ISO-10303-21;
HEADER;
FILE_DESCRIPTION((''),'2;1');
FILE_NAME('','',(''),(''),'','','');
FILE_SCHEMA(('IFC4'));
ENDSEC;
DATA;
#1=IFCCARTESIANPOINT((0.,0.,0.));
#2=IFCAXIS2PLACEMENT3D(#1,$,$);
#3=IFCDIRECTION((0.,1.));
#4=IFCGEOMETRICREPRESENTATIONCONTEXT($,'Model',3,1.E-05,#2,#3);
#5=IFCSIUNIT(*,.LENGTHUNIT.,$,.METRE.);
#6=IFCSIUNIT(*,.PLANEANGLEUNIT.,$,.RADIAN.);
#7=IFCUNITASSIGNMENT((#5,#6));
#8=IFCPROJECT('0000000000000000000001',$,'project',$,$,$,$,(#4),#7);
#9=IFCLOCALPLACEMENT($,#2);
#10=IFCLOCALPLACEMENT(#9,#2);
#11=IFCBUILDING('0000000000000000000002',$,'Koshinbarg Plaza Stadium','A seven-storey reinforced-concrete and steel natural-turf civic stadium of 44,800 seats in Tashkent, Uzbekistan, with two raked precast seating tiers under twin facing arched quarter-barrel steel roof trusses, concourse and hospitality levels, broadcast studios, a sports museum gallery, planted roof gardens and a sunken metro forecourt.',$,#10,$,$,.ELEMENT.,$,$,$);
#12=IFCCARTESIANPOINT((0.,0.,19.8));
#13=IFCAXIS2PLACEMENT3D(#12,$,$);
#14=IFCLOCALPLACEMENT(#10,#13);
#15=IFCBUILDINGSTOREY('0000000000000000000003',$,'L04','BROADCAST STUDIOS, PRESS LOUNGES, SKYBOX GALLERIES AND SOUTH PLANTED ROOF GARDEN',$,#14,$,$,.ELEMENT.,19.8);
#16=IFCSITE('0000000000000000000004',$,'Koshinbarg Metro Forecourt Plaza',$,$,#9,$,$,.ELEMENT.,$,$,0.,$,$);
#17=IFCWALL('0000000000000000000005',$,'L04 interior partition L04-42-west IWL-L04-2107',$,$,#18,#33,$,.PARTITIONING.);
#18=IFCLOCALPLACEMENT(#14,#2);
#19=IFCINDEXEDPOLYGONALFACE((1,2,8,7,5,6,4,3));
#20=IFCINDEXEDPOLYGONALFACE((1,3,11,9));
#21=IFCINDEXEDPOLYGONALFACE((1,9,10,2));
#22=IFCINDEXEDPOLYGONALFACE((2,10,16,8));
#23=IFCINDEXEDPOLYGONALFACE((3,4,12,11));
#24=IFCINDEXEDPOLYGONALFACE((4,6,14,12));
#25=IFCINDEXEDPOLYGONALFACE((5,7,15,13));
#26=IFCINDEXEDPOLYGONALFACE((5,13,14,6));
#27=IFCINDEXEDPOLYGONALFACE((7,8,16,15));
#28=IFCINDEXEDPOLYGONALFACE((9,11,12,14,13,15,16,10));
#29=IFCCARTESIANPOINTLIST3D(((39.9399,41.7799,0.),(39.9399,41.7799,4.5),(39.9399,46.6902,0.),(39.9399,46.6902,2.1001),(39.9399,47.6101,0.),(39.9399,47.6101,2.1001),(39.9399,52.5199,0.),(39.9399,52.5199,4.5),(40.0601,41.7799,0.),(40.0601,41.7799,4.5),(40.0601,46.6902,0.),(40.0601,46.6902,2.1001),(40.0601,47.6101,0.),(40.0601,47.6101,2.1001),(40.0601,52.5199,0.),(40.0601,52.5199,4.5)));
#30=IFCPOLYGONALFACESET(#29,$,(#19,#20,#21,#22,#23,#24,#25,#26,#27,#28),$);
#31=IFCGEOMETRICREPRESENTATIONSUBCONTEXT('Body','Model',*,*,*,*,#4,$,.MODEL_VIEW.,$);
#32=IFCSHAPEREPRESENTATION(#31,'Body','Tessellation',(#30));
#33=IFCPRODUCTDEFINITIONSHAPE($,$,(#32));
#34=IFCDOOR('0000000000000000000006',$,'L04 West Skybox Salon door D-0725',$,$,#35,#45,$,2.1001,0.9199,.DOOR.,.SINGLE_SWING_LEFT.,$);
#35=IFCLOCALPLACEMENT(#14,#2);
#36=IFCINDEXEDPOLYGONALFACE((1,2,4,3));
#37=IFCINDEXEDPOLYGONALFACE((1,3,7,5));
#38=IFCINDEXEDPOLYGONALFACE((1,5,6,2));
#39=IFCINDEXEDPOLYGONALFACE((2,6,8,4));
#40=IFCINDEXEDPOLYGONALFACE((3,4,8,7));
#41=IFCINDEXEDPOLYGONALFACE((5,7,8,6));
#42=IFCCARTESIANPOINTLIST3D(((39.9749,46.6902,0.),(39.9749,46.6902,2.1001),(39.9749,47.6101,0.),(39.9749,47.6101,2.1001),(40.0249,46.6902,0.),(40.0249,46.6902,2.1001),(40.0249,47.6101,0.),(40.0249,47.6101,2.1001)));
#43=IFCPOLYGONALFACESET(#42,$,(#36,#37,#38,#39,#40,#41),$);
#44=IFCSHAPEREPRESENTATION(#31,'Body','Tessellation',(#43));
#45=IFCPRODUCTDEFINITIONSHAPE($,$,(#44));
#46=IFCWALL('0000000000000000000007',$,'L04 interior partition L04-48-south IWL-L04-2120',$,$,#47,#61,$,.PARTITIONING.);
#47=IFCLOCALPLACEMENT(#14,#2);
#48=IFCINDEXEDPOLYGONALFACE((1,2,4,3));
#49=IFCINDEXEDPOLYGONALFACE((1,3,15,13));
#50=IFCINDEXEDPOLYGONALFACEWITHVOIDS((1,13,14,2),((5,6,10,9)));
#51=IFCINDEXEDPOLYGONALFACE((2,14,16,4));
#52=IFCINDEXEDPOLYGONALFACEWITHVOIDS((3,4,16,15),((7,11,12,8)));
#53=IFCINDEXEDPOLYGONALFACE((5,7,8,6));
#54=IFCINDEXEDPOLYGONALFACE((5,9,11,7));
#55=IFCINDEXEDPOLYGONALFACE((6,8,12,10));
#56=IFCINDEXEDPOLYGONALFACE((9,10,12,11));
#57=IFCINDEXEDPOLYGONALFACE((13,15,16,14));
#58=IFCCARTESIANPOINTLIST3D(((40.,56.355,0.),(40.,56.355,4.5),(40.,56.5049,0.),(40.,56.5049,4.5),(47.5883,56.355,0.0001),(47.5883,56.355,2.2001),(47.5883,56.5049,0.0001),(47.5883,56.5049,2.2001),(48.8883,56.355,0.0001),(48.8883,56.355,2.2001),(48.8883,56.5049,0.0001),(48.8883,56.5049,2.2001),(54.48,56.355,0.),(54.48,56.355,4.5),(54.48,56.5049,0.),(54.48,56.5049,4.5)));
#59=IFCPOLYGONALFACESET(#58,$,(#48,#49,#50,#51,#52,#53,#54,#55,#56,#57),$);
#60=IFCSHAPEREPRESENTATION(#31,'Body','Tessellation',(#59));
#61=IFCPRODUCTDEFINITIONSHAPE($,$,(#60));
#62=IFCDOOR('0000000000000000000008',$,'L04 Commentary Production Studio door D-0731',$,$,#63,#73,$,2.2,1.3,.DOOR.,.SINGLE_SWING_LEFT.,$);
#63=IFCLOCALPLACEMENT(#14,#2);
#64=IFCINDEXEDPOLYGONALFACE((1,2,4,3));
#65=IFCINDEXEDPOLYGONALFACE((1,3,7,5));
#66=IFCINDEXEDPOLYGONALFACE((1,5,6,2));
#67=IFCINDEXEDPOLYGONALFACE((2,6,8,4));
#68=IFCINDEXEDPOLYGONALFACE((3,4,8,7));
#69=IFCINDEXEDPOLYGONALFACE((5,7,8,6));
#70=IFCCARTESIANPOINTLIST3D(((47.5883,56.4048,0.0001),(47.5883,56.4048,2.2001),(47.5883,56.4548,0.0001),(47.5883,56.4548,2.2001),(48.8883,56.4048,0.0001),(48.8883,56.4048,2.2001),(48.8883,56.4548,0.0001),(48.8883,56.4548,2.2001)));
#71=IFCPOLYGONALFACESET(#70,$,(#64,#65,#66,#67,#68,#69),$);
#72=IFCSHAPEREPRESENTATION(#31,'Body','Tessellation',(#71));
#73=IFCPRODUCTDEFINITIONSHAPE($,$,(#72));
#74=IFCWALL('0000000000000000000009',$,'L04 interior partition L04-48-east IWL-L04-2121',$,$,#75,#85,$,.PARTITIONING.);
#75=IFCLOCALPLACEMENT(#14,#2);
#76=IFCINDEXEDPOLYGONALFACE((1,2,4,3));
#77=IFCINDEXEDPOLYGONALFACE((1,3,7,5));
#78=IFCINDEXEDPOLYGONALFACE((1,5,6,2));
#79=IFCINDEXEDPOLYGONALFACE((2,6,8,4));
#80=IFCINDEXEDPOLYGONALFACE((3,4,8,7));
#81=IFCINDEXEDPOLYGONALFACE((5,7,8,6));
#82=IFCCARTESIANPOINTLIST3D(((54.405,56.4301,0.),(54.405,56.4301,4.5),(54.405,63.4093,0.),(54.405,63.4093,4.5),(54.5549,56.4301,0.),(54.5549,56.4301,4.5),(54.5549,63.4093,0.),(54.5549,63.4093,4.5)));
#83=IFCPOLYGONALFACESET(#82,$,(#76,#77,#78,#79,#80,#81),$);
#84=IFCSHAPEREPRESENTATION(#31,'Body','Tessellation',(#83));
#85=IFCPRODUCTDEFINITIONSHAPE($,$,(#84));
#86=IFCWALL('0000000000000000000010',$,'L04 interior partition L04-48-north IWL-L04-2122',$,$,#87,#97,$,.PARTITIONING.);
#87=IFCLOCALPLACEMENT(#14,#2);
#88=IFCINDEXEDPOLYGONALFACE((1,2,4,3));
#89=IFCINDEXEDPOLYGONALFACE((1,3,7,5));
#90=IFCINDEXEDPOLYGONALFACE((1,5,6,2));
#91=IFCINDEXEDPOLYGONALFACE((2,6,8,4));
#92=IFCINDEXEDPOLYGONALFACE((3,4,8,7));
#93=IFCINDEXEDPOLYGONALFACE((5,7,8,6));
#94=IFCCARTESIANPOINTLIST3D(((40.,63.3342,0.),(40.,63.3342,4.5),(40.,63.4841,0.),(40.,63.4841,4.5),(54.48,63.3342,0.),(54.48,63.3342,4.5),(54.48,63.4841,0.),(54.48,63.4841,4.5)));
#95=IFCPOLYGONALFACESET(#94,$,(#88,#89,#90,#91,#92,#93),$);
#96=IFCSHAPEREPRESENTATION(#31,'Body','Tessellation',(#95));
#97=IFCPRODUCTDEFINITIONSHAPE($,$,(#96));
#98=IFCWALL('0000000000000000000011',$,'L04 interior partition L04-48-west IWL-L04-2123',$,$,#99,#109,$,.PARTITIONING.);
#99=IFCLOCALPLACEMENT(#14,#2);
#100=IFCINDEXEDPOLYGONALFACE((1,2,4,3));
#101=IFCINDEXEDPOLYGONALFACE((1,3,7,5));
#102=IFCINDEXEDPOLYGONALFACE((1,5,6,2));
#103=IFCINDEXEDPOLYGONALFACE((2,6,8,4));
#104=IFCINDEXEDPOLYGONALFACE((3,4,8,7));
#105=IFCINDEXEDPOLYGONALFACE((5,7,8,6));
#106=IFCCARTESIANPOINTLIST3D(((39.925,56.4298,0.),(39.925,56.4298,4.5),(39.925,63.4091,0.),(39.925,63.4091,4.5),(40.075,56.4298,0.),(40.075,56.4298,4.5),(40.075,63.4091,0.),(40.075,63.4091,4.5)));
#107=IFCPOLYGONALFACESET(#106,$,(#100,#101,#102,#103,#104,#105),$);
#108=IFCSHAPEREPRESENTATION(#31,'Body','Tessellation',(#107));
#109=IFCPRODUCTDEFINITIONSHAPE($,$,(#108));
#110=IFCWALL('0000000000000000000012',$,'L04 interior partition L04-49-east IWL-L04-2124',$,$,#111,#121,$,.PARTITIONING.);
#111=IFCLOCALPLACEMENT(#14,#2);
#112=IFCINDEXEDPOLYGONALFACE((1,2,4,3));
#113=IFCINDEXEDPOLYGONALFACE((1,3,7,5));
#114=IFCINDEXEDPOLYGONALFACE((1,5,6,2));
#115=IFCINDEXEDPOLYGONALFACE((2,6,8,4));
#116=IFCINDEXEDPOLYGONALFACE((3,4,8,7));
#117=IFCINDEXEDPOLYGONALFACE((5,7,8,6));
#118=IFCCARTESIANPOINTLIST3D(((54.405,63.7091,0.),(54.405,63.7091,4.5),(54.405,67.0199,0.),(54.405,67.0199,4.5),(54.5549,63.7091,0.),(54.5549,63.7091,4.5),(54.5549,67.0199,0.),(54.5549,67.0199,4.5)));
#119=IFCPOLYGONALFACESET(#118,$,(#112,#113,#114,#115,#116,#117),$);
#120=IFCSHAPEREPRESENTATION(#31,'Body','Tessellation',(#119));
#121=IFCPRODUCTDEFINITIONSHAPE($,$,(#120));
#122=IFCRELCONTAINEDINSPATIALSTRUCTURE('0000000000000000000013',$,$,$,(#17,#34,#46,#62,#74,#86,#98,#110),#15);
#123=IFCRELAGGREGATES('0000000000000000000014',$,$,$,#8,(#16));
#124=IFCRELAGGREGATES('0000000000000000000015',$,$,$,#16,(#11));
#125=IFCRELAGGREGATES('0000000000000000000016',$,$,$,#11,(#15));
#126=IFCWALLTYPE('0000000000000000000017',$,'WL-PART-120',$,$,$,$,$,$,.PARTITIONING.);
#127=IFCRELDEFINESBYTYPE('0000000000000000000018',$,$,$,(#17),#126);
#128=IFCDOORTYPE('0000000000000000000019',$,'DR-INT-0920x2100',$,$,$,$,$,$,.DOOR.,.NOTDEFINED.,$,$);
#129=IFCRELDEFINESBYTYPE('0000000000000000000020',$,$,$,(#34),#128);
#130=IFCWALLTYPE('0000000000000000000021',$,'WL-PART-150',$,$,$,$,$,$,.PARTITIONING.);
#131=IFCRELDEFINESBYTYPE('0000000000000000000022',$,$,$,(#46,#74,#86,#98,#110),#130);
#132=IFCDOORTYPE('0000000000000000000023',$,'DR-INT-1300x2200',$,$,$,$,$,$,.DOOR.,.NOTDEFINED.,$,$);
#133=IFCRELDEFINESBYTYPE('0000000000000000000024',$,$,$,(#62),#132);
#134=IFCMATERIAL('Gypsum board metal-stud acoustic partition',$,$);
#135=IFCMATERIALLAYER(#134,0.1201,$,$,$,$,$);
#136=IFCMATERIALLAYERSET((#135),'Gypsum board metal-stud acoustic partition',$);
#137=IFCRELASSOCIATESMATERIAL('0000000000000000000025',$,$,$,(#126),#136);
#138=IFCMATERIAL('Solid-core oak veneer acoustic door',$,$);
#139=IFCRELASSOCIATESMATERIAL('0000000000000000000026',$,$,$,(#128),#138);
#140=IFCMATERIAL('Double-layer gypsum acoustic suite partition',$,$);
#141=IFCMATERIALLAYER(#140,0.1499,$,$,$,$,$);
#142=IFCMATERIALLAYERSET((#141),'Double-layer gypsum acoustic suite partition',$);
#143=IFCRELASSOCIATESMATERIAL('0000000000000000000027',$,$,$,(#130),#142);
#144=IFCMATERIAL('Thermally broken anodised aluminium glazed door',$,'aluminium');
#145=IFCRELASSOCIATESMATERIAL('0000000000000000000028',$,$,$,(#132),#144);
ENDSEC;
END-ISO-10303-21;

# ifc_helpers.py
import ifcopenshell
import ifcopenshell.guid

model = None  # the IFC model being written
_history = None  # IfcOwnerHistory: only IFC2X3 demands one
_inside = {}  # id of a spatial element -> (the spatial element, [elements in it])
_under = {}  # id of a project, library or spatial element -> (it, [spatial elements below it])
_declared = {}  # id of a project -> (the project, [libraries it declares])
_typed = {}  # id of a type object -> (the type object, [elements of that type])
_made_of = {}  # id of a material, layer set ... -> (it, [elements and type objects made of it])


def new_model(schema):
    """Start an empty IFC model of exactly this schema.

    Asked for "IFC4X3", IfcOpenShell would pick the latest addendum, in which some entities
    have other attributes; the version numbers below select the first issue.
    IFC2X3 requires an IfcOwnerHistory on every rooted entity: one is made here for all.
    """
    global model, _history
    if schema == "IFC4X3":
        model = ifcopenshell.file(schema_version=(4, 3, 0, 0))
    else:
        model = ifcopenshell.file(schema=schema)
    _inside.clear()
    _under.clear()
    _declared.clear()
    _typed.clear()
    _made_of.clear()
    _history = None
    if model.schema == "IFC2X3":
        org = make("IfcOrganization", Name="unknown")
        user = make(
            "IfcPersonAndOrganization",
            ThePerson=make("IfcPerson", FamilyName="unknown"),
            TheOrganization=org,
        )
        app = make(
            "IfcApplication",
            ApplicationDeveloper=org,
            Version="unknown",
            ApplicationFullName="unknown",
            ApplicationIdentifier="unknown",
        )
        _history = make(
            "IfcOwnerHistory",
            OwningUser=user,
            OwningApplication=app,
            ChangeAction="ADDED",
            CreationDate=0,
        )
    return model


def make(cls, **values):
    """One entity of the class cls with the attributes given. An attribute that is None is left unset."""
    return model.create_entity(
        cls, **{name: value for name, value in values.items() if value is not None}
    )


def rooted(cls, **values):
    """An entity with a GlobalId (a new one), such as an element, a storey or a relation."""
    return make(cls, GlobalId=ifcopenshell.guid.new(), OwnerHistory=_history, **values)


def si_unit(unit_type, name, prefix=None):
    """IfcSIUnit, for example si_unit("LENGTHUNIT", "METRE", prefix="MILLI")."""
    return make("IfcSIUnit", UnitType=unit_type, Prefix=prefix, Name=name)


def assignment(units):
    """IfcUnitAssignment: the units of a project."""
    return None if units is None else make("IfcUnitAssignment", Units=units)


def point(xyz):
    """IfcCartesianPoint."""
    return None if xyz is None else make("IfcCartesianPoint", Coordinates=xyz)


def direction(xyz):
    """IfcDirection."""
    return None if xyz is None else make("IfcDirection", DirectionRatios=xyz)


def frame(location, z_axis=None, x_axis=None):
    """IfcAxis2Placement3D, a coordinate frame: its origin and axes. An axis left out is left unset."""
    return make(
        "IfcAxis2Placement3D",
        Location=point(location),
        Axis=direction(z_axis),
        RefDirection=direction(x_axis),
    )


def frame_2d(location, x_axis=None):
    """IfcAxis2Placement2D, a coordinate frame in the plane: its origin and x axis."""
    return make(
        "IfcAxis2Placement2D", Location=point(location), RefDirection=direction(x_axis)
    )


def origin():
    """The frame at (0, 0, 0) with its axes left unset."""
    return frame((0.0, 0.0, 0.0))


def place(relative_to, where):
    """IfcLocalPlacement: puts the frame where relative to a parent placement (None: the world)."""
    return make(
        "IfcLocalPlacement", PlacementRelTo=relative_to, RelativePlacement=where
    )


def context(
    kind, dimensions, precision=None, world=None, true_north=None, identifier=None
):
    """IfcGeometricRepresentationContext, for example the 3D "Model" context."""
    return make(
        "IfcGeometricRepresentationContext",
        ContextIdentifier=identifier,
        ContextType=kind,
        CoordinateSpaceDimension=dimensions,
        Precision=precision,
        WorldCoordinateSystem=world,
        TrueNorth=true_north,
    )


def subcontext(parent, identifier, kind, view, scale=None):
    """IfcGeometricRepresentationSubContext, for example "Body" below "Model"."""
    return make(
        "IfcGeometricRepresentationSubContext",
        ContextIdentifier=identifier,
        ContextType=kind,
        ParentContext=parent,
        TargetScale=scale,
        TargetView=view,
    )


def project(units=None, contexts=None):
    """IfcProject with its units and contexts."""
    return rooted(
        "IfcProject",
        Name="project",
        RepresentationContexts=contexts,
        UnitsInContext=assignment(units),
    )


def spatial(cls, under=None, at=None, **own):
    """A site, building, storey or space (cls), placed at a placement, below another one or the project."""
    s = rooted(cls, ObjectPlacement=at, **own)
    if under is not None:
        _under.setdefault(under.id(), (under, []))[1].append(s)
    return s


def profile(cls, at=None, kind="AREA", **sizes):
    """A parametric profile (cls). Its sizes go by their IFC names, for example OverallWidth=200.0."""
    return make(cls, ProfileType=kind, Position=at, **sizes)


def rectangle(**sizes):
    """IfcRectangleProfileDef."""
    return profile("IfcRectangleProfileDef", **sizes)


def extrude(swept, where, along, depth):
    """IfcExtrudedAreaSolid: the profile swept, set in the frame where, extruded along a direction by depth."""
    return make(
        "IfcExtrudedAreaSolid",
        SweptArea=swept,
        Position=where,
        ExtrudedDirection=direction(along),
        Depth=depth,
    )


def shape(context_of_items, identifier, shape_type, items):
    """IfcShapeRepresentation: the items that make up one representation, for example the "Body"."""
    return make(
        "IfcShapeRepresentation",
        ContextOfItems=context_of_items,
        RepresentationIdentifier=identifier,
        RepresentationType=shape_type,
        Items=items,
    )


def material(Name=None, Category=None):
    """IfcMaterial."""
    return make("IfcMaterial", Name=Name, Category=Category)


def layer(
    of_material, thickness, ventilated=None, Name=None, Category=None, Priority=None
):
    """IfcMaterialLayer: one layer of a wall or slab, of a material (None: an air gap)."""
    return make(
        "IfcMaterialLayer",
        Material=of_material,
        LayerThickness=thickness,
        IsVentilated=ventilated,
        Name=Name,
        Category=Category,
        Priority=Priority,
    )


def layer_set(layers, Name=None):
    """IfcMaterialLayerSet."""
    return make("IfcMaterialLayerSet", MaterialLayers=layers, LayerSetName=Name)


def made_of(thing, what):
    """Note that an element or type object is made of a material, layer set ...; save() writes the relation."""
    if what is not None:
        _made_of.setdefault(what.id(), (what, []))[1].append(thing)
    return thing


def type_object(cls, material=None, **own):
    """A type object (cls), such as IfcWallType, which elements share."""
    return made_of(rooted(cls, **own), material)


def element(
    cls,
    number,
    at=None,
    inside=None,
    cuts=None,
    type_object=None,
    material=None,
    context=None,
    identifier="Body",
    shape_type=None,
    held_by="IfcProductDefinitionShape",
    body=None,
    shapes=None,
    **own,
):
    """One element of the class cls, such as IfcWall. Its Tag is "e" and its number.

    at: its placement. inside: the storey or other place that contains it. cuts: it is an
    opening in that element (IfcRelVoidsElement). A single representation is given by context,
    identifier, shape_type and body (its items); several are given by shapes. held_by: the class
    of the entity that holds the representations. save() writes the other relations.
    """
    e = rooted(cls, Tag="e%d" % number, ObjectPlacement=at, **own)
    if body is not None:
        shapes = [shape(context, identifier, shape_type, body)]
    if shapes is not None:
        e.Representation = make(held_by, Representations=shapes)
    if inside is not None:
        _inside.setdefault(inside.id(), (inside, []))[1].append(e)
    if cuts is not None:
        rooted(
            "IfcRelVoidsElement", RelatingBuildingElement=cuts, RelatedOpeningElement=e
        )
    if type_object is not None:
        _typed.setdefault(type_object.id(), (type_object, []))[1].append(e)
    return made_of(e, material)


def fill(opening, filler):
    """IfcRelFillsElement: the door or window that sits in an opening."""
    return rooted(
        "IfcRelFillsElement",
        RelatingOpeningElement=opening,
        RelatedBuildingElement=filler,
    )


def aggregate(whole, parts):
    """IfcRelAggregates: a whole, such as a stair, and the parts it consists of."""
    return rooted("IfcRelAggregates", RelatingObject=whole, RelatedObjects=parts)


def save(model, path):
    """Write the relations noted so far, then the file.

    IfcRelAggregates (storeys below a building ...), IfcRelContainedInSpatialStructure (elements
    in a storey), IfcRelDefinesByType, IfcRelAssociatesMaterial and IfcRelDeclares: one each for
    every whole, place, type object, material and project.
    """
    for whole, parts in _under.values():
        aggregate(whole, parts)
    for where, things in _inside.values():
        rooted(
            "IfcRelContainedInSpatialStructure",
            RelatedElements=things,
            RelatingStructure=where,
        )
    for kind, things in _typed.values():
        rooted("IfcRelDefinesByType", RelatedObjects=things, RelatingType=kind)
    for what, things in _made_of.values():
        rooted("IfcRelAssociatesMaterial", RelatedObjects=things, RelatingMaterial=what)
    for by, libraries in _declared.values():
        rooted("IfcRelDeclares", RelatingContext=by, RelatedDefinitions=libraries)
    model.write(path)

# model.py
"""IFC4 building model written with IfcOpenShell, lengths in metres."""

from ifc_helpers import new_model, si_unit, direction, frame, frame_2d, origin, place, context, subcontext, project, spatial, rectangle, extrude, material, layer, layer_set, type_object, element, fill, save


model = new_model("IFC4")

# Units and contexts
model_context = context("Model", 3, precision=1e-05, world=origin(), true_north=direction((0.0, 1.0)))
body_context = subcontext(model_context, "Body", "Model", "MODEL_VIEW")
ifc_project = project(units=[si_unit("LENGTHUNIT", "METRE"), si_unit("PLANEANGLEUNIT", "RADIAN")], contexts=[model_context])

# Site, building, storey
site_placement = place(None, origin())
site = spatial("IfcSite", under=ifc_project, at=site_placement, Name="Koshinbarg Metro Forecourt Plaza", CompositionType="ELEMENT", RefElevation=0.0)
building_placement = place(site_placement, origin())
building = spatial("IfcBuilding", under=site, at=building_placement, Name="Koshinbarg Plaza Stadium", Description="A seven-storey reinforced-concrete and steel natural-turf civic stadium of 44,800 seats in Tashkent, Uzbekistan, with two raked precast seating tiers under twin facing arched quarter-barrel steel roof trusses, concourse and hospitality levels, broadcast studios, a sports museum gallery, planted roof gardens and a sunken metro forecourt.", CompositionType="ELEMENT")
storey_placement = place(building_placement, frame((0.0, 0.0, 19.8)))
storey = spatial("IfcBuildingStorey", under=building, at=storey_placement, Name="L04", Description="BROADCAST STUDIOS, PRESS LOUNGES, SKYBOX GALLERIES AND SOUTH PLANTED ROOF GARDEN", CompositionType="ELEMENT", Elevation=19.8)

# Shared definitions
ifc_material_1 = material(Name="Gypsum board metal-stud acoustic partition")
ifc_layer_1 = layer(ifc_material_1, 0.1201)
ifc_layer_set_1 = layer_set([ifc_layer_1], Name="Gypsum board metal-stud acoustic partition")
wall_type_1 = type_object("IfcWallType", Name="WL-PART-120", PredefinedType="PARTITIONING", material=ifc_layer_set_1)

# Walls, openings, doors
wall_1_placement = place(storey_placement, frame((40.0, 52.52, 0.0), z_axis=(0.0, 0.0, 1.0), x_axis=(0.0, -1.0, 0.0)))
wall_1 = element("IfcWall", 1, at=wall_1_placement, inside=storey, type_object=wall_type_1, Name="L04 interior partition L04-42-west IWL-L04-2107", PredefinedType="PARTITIONING", context=body_context, shape_type="SweptSolid", body=[
    extrude(rectangle(XDim=10.74, YDim=0.1201, at=frame_2d((5.3701, 0.0))), origin(), (0.0, 0.0, 1.0), 4.5),
])
opening_1_placement = place(wall_1_placement, frame((4.9099, 0.0, 0.0)))
opening_1 = element("IfcOpeningElement", 2, at=opening_1_placement, cuts=wall_1, PredefinedType="OPENING", context=body_context, shape_type="SweptSolid", body=[
    extrude(rectangle(XDim=0.9199, YDim=2.1001, at=frame_2d((0.46, 1.05))), frame((0.0, 0.0701, 0.0), z_axis=(0.0, -1.0, 0.0), x_axis=(1.0, 0.0, 0.0)), (0.0, 0.0, 1.0), 0.1401),
])
ifc_material_2 = material(Name="Solid-core oak veneer acoustic door")
door_type_1 = type_object("IfcDoorType", Name="DR-INT-0920x2100", OperationType="NOTDEFINED", PredefinedType="DOOR", material=ifc_material_2)
door_1_placement = place(opening_1_placement, origin())
door_1 = element("IfcDoor", 3, at=door_1_placement, inside=storey, type_object=door_type_1, Name="L04 West Skybox Salon door D-0725", OperationType="SINGLE_SWING_LEFT", OverallHeight=2.1001, OverallWidth=0.9199, PredefinedType="DOOR", context=body_context, shape_type="SweptSolid", body=[
    extrude(rectangle(XDim=0.9199, YDim=2.1001, at=frame_2d((0.46, 1.05))), frame((0.0, 0.0249, 0.0), z_axis=(0.0, -1.0, 0.0), x_axis=(1.0, 0.0, 0.0)), (0.0, 0.0, 1.0), 0.05),
])
fill(opening_1, door_1)
ifc_material_3 = material(Name="Double-layer gypsum acoustic suite partition")
ifc_layer_2 = layer(ifc_material_3, 0.1499)
ifc_layer_set_2 = layer_set([ifc_layer_2], Name="Double-layer gypsum acoustic suite partition")
wall_type_2 = type_object("IfcWallType", Name="WL-PART-150", PredefinedType="PARTITIONING", material=ifc_layer_set_2)
wall_2_placement = place(storey_placement, frame((40.0, 56.4299, 0.0), z_axis=(0.0, 0.0, 1.0), x_axis=(1.0, 0.0, 0.0)))
wall_2 = element("IfcWall", 4, at=wall_2_placement, inside=storey, type_object=wall_type_2, Name="L04 interior partition L04-48-south IWL-L04-2120", PredefinedType="PARTITIONING", context=body_context, shape_type="SweptSolid", body=[
    extrude(rectangle(XDim=14.48, YDim=0.1499, at=frame_2d((7.24, 0.0))), origin(), (0.0, 0.0, 1.0), 4.5),
])
opening_2_placement = place(wall_2_placement, frame((7.5884, 0.0, 0.0)))
opening_2 = element("IfcOpeningElement", 5, at=opening_2_placement, cuts=wall_2, PredefinedType="OPENING", context=body_context, shape_type="SweptSolid", body=[
    extrude(rectangle(XDim=1.3, YDim=2.2, at=frame_2d((0.6499, 1.1001))), frame((0.0, 0.085, 0.0), z_axis=(0.0, -1.0, 0.0), x_axis=(1.0, 0.0, 0.0)), (0.0, 0.0, 1.0), 0.1699),
])
ifc_material_4 = material(Name="Thermally broken anodised aluminium glazed door", Category="aluminium")
door_type_2 = type_object("IfcDoorType", Name="DR-INT-1300x2200", OperationType="NOTDEFINED", PredefinedType="DOOR", material=ifc_material_4)
door_2_placement = place(opening_2_placement, origin())
door_2 = element("IfcDoor", 6, at=door_2_placement, inside=storey, type_object=door_type_2, Name="L04 Commentary Production Studio door D-0731", OperationType="SINGLE_SWING_LEFT", OverallHeight=2.2, OverallWidth=1.3, PredefinedType="DOOR", context=body_context, shape_type="SweptSolid", body=[
    extrude(rectangle(XDim=1.3, YDim=2.2, at=frame_2d((0.6499, 1.1001))), frame((0.0, 0.0249, 0.0), z_axis=(0.0, -1.0, 0.0), x_axis=(1.0, 0.0, 0.0)), (0.0, 0.0, 1.0), 0.05),
])
fill(opening_2, door_2)

# Walls
wall_3_placement = place(storey_placement, frame((54.48, 56.4299, 0.0), z_axis=(0.0, 0.0, 1.0), x_axis=(0.0, 1.0, 0.0)))
element("IfcWall", 7, at=wall_3_placement, inside=storey, type_object=wall_type_2, Name="L04 interior partition L04-48-east IWL-L04-2121", PredefinedType="PARTITIONING", context=body_context, shape_type="SweptSolid", body=[
    extrude(rectangle(XDim=6.9792, YDim=0.1499, at=frame_2d((3.4897, 0.0))), origin(), (0.0, 0.0, 1.0), 4.5),
])
wall_4_placement = place(storey_placement, frame((54.48, 63.4092, 0.0), z_axis=(0.0, 0.0, 1.0), x_axis=(-1.0, 0.0, 0.0)))
element("IfcWall", 8, at=wall_4_placement, inside=storey, type_object=wall_type_2, Name="L04 interior partition L04-48-north IWL-L04-2122", PredefinedType="PARTITIONING", context=body_context, shape_type="SweptSolid", body=[
    extrude(rectangle(XDim=14.48, YDim=0.1499, at=frame_2d((7.24, 0.0))), origin(), (0.0, 0.0, 1.0), 4.5),
])
wall_5_placement = place(storey_placement, frame((40.0, 63.4092, 0.0), z_axis=(0.0, 0.0, 1.0), x_axis=(0.0, -1.0, 0.0)))
element("IfcWall", 9, at=wall_5_placement, inside=storey, type_object=wall_type_2, Name="L04 interior partition L04-48-west IWL-L04-2123", PredefinedType="PARTITIONING", context=body_context, shape_type="SweptSolid", body=[
    extrude(rectangle(XDim=6.9792, YDim=0.1499, at=frame_2d((3.4897, 0.0))), origin(), (0.0, 0.0, 1.0), 4.5),
])
wall_6_placement = place(storey_placement, frame((54.48, 63.7092, 0.0), z_axis=(0.0, 0.0, 1.0), x_axis=(0.0, 1.0, 0.0)))
element("IfcWall", 10, at=wall_6_placement, inside=storey, type_object=wall_type_2, Name="L04 interior partition L04-49-east IWL-L04-2124", PredefinedType="PARTITIONING", context=body_context, shape_type="SweptSolid", body=[
    extrude(rectangle(XDim=3.3108, YDim=0.1499, at=frame_2d((1.6553, 0.0))), origin(), (0.0, 0.0, 1.0), 4.5),
])

save(model, "model.ifc")
